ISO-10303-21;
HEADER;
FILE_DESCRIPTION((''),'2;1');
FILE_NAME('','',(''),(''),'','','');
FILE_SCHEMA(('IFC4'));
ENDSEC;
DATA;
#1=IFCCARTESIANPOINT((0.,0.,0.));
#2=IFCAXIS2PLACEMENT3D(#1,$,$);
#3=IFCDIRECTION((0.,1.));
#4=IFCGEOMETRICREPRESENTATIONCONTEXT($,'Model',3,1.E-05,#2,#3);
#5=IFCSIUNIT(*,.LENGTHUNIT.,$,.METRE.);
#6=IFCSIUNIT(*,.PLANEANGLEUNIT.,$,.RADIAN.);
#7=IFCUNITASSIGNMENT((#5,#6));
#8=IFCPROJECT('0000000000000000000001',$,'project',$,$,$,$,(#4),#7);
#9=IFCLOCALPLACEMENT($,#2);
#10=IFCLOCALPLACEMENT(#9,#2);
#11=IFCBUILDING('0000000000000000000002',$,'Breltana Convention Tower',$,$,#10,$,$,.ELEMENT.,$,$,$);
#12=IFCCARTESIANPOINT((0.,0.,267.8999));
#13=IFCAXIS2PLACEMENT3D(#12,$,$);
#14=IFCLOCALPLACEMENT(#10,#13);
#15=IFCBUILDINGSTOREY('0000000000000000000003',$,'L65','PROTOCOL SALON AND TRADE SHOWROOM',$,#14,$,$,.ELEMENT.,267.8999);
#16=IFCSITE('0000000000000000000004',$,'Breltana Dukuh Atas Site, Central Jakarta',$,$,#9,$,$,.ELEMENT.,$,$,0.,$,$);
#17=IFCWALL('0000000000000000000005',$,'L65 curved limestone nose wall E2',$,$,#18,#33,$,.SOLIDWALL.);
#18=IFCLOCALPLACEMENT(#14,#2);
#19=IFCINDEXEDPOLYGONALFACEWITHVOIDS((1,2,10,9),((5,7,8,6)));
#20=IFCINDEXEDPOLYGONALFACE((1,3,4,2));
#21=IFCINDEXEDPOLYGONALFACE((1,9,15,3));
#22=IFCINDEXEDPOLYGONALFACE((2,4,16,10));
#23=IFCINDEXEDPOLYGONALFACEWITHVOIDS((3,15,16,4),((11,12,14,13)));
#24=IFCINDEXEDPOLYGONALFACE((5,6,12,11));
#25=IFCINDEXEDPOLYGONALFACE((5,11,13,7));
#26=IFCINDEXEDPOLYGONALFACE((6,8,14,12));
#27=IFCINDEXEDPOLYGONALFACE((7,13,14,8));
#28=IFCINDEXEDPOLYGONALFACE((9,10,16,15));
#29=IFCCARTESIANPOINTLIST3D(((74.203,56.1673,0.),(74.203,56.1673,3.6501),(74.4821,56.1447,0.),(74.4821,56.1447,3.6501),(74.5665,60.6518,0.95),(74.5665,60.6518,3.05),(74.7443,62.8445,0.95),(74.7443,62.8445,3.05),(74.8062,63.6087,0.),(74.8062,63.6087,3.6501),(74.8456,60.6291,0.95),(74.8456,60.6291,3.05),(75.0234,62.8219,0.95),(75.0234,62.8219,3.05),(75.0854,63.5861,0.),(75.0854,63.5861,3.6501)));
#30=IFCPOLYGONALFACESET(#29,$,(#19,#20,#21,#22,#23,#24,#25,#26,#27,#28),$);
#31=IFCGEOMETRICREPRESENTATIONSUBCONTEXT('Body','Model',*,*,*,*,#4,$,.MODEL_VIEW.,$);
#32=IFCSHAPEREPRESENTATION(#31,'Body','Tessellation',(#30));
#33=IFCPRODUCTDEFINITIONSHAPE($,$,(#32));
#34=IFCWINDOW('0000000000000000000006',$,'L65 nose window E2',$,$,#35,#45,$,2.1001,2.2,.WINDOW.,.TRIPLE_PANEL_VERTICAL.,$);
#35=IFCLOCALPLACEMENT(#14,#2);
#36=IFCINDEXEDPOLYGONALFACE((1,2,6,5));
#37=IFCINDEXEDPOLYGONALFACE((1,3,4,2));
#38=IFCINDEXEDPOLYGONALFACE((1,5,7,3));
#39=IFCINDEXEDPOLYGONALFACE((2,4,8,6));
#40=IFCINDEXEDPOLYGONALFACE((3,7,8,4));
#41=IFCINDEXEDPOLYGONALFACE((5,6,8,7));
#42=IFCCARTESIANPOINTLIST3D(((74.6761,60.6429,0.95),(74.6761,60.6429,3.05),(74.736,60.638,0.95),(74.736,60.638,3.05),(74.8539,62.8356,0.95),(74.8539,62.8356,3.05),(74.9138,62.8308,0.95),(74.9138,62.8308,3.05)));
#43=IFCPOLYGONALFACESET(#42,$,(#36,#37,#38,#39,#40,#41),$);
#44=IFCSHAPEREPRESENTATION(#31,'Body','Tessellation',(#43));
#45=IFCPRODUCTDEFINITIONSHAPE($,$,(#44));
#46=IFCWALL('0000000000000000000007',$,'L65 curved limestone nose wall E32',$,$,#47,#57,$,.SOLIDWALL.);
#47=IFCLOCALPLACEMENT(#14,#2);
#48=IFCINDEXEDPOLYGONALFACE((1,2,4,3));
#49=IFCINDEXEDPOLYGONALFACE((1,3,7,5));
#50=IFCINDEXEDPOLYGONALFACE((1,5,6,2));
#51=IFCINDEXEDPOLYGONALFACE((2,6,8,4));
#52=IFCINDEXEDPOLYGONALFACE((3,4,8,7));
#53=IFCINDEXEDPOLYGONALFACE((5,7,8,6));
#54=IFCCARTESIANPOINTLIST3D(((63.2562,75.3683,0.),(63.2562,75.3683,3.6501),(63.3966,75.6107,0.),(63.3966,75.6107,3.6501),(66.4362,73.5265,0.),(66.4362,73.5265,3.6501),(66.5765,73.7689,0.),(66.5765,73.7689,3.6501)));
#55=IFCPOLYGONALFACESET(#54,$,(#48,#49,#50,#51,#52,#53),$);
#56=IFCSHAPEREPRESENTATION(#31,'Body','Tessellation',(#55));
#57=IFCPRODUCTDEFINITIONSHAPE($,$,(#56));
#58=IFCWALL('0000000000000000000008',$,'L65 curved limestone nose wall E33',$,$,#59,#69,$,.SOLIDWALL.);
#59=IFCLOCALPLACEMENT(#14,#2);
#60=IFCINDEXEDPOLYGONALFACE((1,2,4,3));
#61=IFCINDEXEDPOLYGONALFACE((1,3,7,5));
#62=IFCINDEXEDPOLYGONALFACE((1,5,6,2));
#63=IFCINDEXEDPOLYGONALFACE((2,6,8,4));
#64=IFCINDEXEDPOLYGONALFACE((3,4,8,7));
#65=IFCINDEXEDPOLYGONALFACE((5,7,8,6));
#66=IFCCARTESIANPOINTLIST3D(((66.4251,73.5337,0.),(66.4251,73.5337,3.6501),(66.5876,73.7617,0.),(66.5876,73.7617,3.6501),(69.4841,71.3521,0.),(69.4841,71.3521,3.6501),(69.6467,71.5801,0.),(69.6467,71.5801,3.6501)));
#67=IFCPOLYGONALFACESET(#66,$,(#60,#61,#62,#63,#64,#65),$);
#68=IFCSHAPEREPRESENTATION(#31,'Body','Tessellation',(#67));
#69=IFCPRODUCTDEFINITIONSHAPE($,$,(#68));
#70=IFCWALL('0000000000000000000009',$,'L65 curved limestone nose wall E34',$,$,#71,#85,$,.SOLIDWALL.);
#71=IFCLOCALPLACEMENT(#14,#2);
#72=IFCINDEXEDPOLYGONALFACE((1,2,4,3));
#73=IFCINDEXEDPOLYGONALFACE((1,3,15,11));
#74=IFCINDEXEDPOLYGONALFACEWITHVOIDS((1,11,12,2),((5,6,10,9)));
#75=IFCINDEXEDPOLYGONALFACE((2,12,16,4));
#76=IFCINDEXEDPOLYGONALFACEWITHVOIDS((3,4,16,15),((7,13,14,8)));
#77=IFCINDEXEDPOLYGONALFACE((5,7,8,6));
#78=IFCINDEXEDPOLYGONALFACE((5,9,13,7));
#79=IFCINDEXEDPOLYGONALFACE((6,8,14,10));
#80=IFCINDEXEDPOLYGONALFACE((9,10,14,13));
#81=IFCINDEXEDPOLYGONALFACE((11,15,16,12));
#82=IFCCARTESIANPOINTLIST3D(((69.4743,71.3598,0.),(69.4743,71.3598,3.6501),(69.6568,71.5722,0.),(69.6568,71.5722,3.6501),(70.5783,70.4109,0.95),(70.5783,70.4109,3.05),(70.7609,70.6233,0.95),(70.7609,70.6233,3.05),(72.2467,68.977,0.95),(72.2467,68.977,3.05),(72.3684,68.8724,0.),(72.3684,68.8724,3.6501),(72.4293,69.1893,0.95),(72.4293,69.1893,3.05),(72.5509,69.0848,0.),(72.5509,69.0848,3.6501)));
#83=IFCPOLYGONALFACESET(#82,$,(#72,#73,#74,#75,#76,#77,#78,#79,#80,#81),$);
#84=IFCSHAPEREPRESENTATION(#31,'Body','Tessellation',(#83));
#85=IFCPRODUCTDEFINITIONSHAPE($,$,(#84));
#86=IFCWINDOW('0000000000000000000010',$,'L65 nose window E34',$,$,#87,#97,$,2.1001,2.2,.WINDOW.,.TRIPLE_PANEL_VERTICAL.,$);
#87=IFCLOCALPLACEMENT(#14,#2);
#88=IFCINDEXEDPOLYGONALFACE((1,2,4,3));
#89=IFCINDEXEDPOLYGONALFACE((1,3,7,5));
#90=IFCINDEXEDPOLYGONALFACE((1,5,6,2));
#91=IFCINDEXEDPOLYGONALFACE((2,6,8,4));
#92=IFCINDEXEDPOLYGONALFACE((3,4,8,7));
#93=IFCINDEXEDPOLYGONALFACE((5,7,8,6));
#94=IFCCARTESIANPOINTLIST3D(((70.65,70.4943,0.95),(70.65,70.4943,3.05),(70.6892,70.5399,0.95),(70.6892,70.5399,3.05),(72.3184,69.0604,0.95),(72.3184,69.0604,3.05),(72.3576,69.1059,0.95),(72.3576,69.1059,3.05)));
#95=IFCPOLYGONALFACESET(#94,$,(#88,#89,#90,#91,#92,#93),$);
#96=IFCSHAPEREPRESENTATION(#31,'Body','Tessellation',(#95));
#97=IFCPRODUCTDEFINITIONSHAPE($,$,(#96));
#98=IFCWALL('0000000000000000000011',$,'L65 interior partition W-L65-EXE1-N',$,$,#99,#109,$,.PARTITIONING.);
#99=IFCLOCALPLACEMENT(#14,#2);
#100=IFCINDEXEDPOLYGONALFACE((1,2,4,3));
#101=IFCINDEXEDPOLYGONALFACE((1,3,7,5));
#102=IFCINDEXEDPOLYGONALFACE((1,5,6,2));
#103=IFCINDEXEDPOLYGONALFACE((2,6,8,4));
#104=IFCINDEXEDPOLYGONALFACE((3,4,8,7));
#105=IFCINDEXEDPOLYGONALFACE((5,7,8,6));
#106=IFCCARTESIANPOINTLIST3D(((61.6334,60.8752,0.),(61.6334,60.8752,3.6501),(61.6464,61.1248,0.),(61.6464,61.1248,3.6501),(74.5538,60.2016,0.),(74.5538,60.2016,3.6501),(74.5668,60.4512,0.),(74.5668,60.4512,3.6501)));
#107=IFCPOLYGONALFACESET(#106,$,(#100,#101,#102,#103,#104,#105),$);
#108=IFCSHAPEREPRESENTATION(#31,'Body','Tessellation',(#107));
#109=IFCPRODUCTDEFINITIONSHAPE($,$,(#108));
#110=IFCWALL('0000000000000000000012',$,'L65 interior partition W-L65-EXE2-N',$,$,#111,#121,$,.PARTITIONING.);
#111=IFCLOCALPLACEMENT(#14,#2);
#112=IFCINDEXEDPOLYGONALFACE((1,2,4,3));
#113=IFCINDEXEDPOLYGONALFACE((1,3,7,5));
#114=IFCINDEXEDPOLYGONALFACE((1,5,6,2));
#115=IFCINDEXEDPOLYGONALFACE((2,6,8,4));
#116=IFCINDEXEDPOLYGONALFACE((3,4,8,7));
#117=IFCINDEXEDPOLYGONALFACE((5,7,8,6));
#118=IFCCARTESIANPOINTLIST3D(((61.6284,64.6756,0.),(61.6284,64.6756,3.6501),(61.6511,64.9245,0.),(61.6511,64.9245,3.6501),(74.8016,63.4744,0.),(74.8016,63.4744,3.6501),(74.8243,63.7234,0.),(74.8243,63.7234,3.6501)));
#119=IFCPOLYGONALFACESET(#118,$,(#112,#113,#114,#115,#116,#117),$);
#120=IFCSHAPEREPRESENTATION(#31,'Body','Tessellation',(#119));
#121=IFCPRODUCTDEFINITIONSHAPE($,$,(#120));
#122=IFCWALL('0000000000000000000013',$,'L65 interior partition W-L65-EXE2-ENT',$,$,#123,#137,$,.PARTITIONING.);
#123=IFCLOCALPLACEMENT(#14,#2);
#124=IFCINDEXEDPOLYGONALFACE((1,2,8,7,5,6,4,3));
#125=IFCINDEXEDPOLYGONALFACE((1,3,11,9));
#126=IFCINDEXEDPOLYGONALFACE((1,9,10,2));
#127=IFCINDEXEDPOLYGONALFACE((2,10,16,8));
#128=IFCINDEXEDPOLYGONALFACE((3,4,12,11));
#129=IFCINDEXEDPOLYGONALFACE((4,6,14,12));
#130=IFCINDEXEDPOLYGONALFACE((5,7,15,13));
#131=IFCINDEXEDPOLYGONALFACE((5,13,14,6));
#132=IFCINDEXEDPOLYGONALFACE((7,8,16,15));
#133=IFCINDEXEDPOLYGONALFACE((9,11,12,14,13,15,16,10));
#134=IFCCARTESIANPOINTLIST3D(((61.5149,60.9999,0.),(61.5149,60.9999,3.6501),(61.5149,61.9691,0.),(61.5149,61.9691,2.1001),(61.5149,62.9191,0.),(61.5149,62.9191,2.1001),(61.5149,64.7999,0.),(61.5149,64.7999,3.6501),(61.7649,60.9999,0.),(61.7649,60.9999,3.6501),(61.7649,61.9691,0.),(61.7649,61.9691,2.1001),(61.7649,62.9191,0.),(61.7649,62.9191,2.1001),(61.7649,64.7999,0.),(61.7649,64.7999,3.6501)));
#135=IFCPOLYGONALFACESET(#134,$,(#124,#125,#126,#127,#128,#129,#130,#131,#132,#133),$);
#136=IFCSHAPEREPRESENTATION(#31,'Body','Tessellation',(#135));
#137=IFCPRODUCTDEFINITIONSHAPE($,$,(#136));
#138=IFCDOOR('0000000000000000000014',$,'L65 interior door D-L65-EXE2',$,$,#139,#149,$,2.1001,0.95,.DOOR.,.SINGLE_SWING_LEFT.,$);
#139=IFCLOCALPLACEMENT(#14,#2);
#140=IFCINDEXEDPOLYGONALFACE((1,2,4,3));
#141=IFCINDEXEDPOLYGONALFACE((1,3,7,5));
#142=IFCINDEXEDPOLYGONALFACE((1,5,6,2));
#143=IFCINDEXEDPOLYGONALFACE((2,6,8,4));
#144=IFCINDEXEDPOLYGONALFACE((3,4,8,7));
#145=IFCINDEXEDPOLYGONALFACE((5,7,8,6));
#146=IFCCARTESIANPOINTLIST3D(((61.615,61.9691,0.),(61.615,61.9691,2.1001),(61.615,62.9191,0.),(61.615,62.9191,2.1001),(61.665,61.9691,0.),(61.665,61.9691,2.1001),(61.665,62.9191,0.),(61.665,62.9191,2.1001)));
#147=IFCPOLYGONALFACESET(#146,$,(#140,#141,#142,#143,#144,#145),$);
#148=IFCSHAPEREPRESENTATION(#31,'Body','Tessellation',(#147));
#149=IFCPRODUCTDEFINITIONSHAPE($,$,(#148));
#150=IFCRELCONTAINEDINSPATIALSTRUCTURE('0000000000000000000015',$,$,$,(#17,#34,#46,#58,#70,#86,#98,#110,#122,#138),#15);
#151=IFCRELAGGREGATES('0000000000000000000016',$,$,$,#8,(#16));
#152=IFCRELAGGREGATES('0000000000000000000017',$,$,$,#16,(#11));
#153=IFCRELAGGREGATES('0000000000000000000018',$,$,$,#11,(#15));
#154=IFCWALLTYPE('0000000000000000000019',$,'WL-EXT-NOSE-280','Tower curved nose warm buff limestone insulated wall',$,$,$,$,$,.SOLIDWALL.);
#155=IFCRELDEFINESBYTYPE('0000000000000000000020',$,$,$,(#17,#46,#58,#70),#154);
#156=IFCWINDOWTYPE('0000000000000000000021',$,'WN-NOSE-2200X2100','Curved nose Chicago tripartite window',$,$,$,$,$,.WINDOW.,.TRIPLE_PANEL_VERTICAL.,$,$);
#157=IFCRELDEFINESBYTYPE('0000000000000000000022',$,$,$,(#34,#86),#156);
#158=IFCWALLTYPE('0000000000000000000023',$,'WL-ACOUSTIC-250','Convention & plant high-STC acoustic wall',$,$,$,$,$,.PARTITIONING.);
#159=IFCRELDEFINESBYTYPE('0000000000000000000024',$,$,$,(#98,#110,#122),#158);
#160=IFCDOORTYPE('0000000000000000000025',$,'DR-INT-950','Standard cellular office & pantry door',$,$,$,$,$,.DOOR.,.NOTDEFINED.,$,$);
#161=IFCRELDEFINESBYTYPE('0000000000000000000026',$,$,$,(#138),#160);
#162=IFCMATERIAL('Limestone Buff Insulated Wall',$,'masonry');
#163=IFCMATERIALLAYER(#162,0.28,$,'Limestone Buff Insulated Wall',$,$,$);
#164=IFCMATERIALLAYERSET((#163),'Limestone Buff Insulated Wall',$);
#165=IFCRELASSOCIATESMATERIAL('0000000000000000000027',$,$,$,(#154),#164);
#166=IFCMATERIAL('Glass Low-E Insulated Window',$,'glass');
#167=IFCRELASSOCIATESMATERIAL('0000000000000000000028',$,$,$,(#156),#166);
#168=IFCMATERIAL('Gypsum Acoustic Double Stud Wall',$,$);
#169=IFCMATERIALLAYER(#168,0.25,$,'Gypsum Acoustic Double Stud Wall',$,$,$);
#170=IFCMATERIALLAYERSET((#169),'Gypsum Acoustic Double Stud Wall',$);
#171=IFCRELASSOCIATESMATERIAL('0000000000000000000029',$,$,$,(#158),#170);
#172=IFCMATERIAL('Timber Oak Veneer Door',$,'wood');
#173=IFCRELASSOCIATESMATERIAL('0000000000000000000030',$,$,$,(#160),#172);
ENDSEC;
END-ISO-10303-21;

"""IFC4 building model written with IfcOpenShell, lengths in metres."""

from ifc_helpers import new_model, si_unit, direction, frame, frame_2d, origin, place, context, subcontext, project, spatial, rectangle, extrude, source, transform, mapped, material, layer, layer_set, type_object, type_shapes, element, fill, save


model = new_model("IFC4")

# Units and contexts
model_context = context("Model", 3, precision=1e-05, world=origin(), true_north=direction((0.0, 1.0)))
body_context = subcontext(model_context, "Body", "Model", "MODEL_VIEW")
ifc_project = project(units=[si_unit("LENGTHUNIT", "METRE"), si_unit("PLANEANGLEUNIT", "RADIAN")], contexts=[model_context])

# Site, building, storey
site_placement = place(None, origin())
site = spatial("IfcSite", under=ifc_project, at=site_placement, Name="Breltana Dukuh Atas Site, Central Jakarta", CompositionType="ELEMENT", RefElevation=0.0)
building_placement = place(site_placement, origin())
building = spatial("IfcBuilding", under=site, at=building_placement, Name="Breltana Convention Tower", CompositionType="ELEMENT")
storey_placement = place(building_placement, frame((0.0, 0.0, 267.8999)))
storey = spatial("IfcBuildingStorey", under=building, at=storey_placement, Name="L65", Description="PROTOCOL SALON AND TRADE SHOWROOM", CompositionType="ELEMENT", Elevation=267.8999)

# Wall, opening, window
ifc_material_1 = material(Name="Limestone Buff Insulated Wall", Category="masonry")
ifc_layer_1 = layer(ifc_material_1, 0.28, Name="Limestone Buff Insulated Wall")
ifc_layer_set_1 = layer_set([ifc_layer_1], Name="Limestone Buff Insulated Wall")
wall_type_1 = type_object("IfcWallType", Name="WL-EXT-NOSE-280", Description="Tower curved nose warm buff limestone insulated wall", PredefinedType="SOLIDWALL", material=ifc_layer_set_1)
ifc_material_2 = material(Name="Glass Low-E Insulated Window", Category="glass")
window_type = type_object("IfcWindowType", Name="WN-NOSE-2200X2100", Description="Curved nose Chicago tripartite window", PartitioningType="TRIPLE_PANEL_VERTICAL", PredefinedType="WINDOW", material=ifc_material_2)
shared_shape_1 = source(origin(), body_context, "Body", "SweptSolid", [
    extrude(rectangle(XDim=2.2, YDim=2.1001, at=frame_2d((1.1001, 1.05))), frame((0.0, 0.03, 0.0), z_axis=(0.0, -1.0, 0.0), x_axis=(1.0, 0.0, 0.0)), (0.0, 0.0, 1.0), 0.0601),
])
type_shapes(window_type, [shared_shape_1])
shared_shape_2 = source(origin(), body_context, "Body", "SweptSolid", [
    extrude(rectangle(XDim=7.4658, YDim=0.28, at=frame_2d((3.7329, 0.0))), origin(), (0.0, 0.0, 1.0), 3.6501),
])
wall_1_placement = place(storey_placement, frame((74.9458, 63.5974, 0.0), z_axis=(0.0, 0.0, 1.0), x_axis=(-0.080804, -0.99673, 0.0)))
wall_1 = element("IfcWall", 1, at=wall_1_placement, inside=storey, type_object=wall_type_1, Name="L65 curved limestone nose wall E2", PredefinedType="SOLIDWALL", context=body_context, shape_type="MappedRepresentation", body=[
    mapped(shared_shape_2, transform((0.0, 0.0, 0.0), scale=1.0)),
])
opening_1_placement = place(wall_1_placement, frame((0.7666, 0.0, 0.95)))
opening_1 = element("IfcOpeningElement", 2, at=opening_1_placement, cuts=wall_1, PredefinedType="OPENING", context=body_context, shape_type="SweptSolid", body=[
    extrude(rectangle(XDim=2.2, YDim=2.1001, at=frame_2d((1.1001, 1.05))), frame((0.0, 0.1499, 0.0), z_axis=(0.0, -1.0, 0.0), x_axis=(1.0, 0.0, 0.0)), (0.0, 0.0, 1.0), 0.3),
])
window_1_placement = place(opening_1_placement, origin())
window_1 = element("IfcWindow", 3, at=window_1_placement, inside=storey, type_object=window_type, Name="L65 nose window E2", OverallHeight=2.1001, OverallWidth=2.2, PartitioningType="TRIPLE_PANEL_VERTICAL", PredefinedType="WINDOW", context=body_context, shape_type="MappedRepresentation", body=[
    mapped(shared_shape_1, transform((0.0, 0.0, 0.0), scale=1.0)),
])
fill(opening_1, window_1)

# Walls
shared_shape_3 = source(origin(), body_context, "Body", "SweptSolid", [
    extrude(rectangle(XDim=3.6748, YDim=0.28, at=frame_2d((1.8374, 0.0))), origin(), (0.0, 0.0, 1.0), 3.6501),
])
wall_2_placement = place(storey_placement, frame((63.3264, 75.4895, 0.0), z_axis=(0.0, 0.0, 1.0), x_axis=(0.865334, -0.501196, 0.0)))
element("IfcWall", 4, at=wall_2_placement, inside=storey, type_object=wall_type_1, Name="L65 curved limestone nose wall E32", PredefinedType="SOLIDWALL", context=body_context, shape_type="MappedRepresentation", body=[
    mapped(shared_shape_3, transform((0.0, 0.0, 0.0), scale=1.0)),
])
shared_shape_4 = source(origin(), body_context, "Body", "SweptSolid", [
    extrude(rectangle(XDim=3.7573, YDim=0.28, at=frame_2d((1.8787, 0.0))), origin(), (0.0, 0.0, 1.0), 3.6501),
])
wall_3_placement = place(storey_placement, frame((66.5063, 73.6477, 0.0), z_axis=(0.0, 0.0, 1.0), x_axis=(0.814164, -0.580636, 0.0)))
element("IfcWall", 5, at=wall_3_placement, inside=storey, type_object=wall_type_1, Name="L65 curved limestone nose wall E33", PredefinedType="SOLIDWALL", context=body_context, shape_type="MappedRepresentation", body=[
    mapped(shared_shape_4, transform((0.0, 0.0, 0.0), scale=1.0)),
])

# Wall, opening, window
shared_shape_5 = source(origin(), body_context, "Body", "SweptSolid", [
    extrude(rectangle(XDim=3.8162, YDim=0.28, at=frame_2d((1.9082, 0.0))), origin(), (0.0, 0.0, 1.0), 3.6501),
])
wall_4_placement = place(storey_placement, frame((69.5654, 71.4661, 0.0), z_axis=(0.0, 0.0, 1.0), x_axis=(0.758389, -0.651802, 0.0)))
wall_4 = element("IfcWall", 6, at=wall_4_placement, inside=storey, type_object=wall_type_1, Name="L65 curved limestone nose wall E34", PredefinedType="SOLIDWALL", context=body_context, shape_type="MappedRepresentation", body=[
    mapped(shared_shape_5, transform((0.0, 0.0, 0.0), scale=1.0)),
])
opening_2_placement = place(wall_4_placement, frame((1.4558, 0.0, 0.95)))
opening_2 = element("IfcOpeningElement", 7, at=opening_2_placement, cuts=wall_4, PredefinedType="OPENING", context=body_context, shape_type="SweptSolid", body=[
    extrude(rectangle(XDim=2.2, YDim=2.1001, at=frame_2d((1.1001, 1.05))), frame((0.0, 0.1499, 0.0), z_axis=(0.0, -1.0, 0.0), x_axis=(1.0, 0.0, 0.0)), (0.0, 0.0, 1.0), 0.3),
])
window_2_placement = place(opening_2_placement, origin())
window_2 = element("IfcWindow", 8, at=window_2_placement, inside=storey, type_object=window_type, Name="L65 nose window E34", OverallHeight=2.1001, OverallWidth=2.2, PartitioningType="TRIPLE_PANEL_VERTICAL", PredefinedType="WINDOW", context=body_context, shape_type="MappedRepresentation", body=[
    mapped(shared_shape_1, transform((0.0, 0.0, 0.0), scale=1.0)),
])
fill(opening_2, window_2)

# Walls
ifc_material_3 = material(Name="Gypsum Acoustic Double Stud Wall")
ifc_layer_2 = layer(ifc_material_3, 0.25, Name="Gypsum Acoustic Double Stud Wall")
ifc_layer_set_2 = layer_set([ifc_layer_2], Name="Gypsum Acoustic Double Stud Wall")
wall_type_2 = type_object("IfcWallType", Name="WL-ACOUSTIC-250", Description="Convention & plant high-STC acoustic wall", PredefinedType="PARTITIONING", material=ifc_layer_set_2)
shared_shape_6 = source(origin(), body_context, "Body", "SweptSolid", [
    extrude(rectangle(XDim=12.938, YDim=0.25, at=frame_2d((6.469, 0.0))), origin(), (0.0, 0.0, 1.0), 3.6501),
])
wall_5_placement = place(storey_placement, frame((61.6399, 61.0, 0.0), z_axis=(0.0, 0.0, 1.0), x_axis=(0.998644, -0.052063, 0.0)))
element("IfcWall", 9, at=wall_5_placement, inside=storey, type_object=wall_type_2, Name="L65 interior partition W-L65-EXE1-N", PredefinedType="PARTITIONING", context=body_context, shape_type="MappedRepresentation", body=[
    mapped(shared_shape_6, transform((0.0, 0.0, 0.0), scale=1.0)),
])
shared_shape_7 = source(origin(), body_context, "Body", "SweptSolid", [
    extrude(rectangle(XDim=13.2278, YDim=0.25, at=frame_2d((6.6138, 0.0))), origin(), (0.0, 0.0, 1.0), 3.6501),
])
wall_6_placement = place(storey_placement, frame((61.6399, 64.8, 0.0), z_axis=(0.0, 0.0, 1.0), x_axis=(0.995869, -0.090807, 0.0)))
element("IfcWall", 10, at=wall_6_placement, inside=storey, type_object=wall_type_2, Name="L65 interior partition W-L65-EXE2-N", PredefinedType="PARTITIONING", context=body_context, shape_type="MappedRepresentation", body=[
    mapped(shared_shape_7, transform((0.0, 0.0, 0.0), scale=1.0)),
])

# Wall, opening, door
shared_shape_8 = source(origin(), body_context, "Body", "SweptSolid", [
    extrude(rectangle(XDim=3.8, YDim=0.25, at=frame_2d((1.8999, 0.0))), origin(), (0.0, 0.0, 1.0), 3.6501),
])
wall_7_placement = place(storey_placement, frame((61.6399, 61.0, 0.0), z_axis=(0.0, 0.0, 1.0), x_axis=(0.0, 1.0, 0.0)))
wall_7 = element("IfcWall", 11, at=wall_7_placement, inside=storey, type_object=wall_type_2, Name="L65 interior partition W-L65-EXE2-ENT", PredefinedType="PARTITIONING", context=body_context, shape_type="MappedRepresentation", body=[
    mapped(shared_shape_8, transform((0.0, 0.0, 0.0), scale=1.0)),
])
opening_3_placement = place(wall_7_placement, frame((0.969, 0.0, 0.0)))
opening_3 = element("IfcOpeningElement", 12, at=opening_3_placement, cuts=wall_7, PredefinedType="OPENING", context=body_context, shape_type="SweptSolid", body=[
    extrude(rectangle(XDim=0.95, YDim=2.1001, at=frame_2d((0.4751, 1.05))), frame((0.0, 0.135, 0.0), z_axis=(0.0, -1.0, 0.0), x_axis=(1.0, 0.0, 0.0)), (0.0, 0.0, 1.0), 0.27),
])
ifc_material_4 = material(Name="Timber Oak Veneer Door", Category="wood")
door_type = type_object("IfcDoorType", Name="DR-INT-950", Description="Standard cellular office & pantry door", OperationType="NOTDEFINED", PredefinedType="DOOR", material=ifc_material_4)
shared_shape_9 = source(origin(), body_context, "Body", "SweptSolid", [
    extrude(rectangle(XDim=0.95, YDim=2.1001, at=frame_2d((0.4751, 1.05))), frame((0.0, 0.0249, 0.0), z_axis=(0.0, -1.0, 0.0), x_axis=(1.0, 0.0, 0.0)), (0.0, 0.0, 1.0), 0.05),
])
type_shapes(door_type, [shared_shape_9])
door_1_placement = place(opening_3_placement, origin())
door_1 = element("IfcDoor", 13, at=door_1_placement, inside=storey, type_object=door_type, Name="L65 interior door D-L65-EXE2", OperationType="SINGLE_SWING_LEFT", OverallHeight=2.1001, OverallWidth=0.95, PredefinedType="DOOR", context=body_context, shape_type="MappedRepresentation", body=[
    mapped(shared_shape_9, transform((0.0, 0.0, 0.0), scale=1.0)),
])
fill(opening_3, door_1)

save(model, "model.ifc")
